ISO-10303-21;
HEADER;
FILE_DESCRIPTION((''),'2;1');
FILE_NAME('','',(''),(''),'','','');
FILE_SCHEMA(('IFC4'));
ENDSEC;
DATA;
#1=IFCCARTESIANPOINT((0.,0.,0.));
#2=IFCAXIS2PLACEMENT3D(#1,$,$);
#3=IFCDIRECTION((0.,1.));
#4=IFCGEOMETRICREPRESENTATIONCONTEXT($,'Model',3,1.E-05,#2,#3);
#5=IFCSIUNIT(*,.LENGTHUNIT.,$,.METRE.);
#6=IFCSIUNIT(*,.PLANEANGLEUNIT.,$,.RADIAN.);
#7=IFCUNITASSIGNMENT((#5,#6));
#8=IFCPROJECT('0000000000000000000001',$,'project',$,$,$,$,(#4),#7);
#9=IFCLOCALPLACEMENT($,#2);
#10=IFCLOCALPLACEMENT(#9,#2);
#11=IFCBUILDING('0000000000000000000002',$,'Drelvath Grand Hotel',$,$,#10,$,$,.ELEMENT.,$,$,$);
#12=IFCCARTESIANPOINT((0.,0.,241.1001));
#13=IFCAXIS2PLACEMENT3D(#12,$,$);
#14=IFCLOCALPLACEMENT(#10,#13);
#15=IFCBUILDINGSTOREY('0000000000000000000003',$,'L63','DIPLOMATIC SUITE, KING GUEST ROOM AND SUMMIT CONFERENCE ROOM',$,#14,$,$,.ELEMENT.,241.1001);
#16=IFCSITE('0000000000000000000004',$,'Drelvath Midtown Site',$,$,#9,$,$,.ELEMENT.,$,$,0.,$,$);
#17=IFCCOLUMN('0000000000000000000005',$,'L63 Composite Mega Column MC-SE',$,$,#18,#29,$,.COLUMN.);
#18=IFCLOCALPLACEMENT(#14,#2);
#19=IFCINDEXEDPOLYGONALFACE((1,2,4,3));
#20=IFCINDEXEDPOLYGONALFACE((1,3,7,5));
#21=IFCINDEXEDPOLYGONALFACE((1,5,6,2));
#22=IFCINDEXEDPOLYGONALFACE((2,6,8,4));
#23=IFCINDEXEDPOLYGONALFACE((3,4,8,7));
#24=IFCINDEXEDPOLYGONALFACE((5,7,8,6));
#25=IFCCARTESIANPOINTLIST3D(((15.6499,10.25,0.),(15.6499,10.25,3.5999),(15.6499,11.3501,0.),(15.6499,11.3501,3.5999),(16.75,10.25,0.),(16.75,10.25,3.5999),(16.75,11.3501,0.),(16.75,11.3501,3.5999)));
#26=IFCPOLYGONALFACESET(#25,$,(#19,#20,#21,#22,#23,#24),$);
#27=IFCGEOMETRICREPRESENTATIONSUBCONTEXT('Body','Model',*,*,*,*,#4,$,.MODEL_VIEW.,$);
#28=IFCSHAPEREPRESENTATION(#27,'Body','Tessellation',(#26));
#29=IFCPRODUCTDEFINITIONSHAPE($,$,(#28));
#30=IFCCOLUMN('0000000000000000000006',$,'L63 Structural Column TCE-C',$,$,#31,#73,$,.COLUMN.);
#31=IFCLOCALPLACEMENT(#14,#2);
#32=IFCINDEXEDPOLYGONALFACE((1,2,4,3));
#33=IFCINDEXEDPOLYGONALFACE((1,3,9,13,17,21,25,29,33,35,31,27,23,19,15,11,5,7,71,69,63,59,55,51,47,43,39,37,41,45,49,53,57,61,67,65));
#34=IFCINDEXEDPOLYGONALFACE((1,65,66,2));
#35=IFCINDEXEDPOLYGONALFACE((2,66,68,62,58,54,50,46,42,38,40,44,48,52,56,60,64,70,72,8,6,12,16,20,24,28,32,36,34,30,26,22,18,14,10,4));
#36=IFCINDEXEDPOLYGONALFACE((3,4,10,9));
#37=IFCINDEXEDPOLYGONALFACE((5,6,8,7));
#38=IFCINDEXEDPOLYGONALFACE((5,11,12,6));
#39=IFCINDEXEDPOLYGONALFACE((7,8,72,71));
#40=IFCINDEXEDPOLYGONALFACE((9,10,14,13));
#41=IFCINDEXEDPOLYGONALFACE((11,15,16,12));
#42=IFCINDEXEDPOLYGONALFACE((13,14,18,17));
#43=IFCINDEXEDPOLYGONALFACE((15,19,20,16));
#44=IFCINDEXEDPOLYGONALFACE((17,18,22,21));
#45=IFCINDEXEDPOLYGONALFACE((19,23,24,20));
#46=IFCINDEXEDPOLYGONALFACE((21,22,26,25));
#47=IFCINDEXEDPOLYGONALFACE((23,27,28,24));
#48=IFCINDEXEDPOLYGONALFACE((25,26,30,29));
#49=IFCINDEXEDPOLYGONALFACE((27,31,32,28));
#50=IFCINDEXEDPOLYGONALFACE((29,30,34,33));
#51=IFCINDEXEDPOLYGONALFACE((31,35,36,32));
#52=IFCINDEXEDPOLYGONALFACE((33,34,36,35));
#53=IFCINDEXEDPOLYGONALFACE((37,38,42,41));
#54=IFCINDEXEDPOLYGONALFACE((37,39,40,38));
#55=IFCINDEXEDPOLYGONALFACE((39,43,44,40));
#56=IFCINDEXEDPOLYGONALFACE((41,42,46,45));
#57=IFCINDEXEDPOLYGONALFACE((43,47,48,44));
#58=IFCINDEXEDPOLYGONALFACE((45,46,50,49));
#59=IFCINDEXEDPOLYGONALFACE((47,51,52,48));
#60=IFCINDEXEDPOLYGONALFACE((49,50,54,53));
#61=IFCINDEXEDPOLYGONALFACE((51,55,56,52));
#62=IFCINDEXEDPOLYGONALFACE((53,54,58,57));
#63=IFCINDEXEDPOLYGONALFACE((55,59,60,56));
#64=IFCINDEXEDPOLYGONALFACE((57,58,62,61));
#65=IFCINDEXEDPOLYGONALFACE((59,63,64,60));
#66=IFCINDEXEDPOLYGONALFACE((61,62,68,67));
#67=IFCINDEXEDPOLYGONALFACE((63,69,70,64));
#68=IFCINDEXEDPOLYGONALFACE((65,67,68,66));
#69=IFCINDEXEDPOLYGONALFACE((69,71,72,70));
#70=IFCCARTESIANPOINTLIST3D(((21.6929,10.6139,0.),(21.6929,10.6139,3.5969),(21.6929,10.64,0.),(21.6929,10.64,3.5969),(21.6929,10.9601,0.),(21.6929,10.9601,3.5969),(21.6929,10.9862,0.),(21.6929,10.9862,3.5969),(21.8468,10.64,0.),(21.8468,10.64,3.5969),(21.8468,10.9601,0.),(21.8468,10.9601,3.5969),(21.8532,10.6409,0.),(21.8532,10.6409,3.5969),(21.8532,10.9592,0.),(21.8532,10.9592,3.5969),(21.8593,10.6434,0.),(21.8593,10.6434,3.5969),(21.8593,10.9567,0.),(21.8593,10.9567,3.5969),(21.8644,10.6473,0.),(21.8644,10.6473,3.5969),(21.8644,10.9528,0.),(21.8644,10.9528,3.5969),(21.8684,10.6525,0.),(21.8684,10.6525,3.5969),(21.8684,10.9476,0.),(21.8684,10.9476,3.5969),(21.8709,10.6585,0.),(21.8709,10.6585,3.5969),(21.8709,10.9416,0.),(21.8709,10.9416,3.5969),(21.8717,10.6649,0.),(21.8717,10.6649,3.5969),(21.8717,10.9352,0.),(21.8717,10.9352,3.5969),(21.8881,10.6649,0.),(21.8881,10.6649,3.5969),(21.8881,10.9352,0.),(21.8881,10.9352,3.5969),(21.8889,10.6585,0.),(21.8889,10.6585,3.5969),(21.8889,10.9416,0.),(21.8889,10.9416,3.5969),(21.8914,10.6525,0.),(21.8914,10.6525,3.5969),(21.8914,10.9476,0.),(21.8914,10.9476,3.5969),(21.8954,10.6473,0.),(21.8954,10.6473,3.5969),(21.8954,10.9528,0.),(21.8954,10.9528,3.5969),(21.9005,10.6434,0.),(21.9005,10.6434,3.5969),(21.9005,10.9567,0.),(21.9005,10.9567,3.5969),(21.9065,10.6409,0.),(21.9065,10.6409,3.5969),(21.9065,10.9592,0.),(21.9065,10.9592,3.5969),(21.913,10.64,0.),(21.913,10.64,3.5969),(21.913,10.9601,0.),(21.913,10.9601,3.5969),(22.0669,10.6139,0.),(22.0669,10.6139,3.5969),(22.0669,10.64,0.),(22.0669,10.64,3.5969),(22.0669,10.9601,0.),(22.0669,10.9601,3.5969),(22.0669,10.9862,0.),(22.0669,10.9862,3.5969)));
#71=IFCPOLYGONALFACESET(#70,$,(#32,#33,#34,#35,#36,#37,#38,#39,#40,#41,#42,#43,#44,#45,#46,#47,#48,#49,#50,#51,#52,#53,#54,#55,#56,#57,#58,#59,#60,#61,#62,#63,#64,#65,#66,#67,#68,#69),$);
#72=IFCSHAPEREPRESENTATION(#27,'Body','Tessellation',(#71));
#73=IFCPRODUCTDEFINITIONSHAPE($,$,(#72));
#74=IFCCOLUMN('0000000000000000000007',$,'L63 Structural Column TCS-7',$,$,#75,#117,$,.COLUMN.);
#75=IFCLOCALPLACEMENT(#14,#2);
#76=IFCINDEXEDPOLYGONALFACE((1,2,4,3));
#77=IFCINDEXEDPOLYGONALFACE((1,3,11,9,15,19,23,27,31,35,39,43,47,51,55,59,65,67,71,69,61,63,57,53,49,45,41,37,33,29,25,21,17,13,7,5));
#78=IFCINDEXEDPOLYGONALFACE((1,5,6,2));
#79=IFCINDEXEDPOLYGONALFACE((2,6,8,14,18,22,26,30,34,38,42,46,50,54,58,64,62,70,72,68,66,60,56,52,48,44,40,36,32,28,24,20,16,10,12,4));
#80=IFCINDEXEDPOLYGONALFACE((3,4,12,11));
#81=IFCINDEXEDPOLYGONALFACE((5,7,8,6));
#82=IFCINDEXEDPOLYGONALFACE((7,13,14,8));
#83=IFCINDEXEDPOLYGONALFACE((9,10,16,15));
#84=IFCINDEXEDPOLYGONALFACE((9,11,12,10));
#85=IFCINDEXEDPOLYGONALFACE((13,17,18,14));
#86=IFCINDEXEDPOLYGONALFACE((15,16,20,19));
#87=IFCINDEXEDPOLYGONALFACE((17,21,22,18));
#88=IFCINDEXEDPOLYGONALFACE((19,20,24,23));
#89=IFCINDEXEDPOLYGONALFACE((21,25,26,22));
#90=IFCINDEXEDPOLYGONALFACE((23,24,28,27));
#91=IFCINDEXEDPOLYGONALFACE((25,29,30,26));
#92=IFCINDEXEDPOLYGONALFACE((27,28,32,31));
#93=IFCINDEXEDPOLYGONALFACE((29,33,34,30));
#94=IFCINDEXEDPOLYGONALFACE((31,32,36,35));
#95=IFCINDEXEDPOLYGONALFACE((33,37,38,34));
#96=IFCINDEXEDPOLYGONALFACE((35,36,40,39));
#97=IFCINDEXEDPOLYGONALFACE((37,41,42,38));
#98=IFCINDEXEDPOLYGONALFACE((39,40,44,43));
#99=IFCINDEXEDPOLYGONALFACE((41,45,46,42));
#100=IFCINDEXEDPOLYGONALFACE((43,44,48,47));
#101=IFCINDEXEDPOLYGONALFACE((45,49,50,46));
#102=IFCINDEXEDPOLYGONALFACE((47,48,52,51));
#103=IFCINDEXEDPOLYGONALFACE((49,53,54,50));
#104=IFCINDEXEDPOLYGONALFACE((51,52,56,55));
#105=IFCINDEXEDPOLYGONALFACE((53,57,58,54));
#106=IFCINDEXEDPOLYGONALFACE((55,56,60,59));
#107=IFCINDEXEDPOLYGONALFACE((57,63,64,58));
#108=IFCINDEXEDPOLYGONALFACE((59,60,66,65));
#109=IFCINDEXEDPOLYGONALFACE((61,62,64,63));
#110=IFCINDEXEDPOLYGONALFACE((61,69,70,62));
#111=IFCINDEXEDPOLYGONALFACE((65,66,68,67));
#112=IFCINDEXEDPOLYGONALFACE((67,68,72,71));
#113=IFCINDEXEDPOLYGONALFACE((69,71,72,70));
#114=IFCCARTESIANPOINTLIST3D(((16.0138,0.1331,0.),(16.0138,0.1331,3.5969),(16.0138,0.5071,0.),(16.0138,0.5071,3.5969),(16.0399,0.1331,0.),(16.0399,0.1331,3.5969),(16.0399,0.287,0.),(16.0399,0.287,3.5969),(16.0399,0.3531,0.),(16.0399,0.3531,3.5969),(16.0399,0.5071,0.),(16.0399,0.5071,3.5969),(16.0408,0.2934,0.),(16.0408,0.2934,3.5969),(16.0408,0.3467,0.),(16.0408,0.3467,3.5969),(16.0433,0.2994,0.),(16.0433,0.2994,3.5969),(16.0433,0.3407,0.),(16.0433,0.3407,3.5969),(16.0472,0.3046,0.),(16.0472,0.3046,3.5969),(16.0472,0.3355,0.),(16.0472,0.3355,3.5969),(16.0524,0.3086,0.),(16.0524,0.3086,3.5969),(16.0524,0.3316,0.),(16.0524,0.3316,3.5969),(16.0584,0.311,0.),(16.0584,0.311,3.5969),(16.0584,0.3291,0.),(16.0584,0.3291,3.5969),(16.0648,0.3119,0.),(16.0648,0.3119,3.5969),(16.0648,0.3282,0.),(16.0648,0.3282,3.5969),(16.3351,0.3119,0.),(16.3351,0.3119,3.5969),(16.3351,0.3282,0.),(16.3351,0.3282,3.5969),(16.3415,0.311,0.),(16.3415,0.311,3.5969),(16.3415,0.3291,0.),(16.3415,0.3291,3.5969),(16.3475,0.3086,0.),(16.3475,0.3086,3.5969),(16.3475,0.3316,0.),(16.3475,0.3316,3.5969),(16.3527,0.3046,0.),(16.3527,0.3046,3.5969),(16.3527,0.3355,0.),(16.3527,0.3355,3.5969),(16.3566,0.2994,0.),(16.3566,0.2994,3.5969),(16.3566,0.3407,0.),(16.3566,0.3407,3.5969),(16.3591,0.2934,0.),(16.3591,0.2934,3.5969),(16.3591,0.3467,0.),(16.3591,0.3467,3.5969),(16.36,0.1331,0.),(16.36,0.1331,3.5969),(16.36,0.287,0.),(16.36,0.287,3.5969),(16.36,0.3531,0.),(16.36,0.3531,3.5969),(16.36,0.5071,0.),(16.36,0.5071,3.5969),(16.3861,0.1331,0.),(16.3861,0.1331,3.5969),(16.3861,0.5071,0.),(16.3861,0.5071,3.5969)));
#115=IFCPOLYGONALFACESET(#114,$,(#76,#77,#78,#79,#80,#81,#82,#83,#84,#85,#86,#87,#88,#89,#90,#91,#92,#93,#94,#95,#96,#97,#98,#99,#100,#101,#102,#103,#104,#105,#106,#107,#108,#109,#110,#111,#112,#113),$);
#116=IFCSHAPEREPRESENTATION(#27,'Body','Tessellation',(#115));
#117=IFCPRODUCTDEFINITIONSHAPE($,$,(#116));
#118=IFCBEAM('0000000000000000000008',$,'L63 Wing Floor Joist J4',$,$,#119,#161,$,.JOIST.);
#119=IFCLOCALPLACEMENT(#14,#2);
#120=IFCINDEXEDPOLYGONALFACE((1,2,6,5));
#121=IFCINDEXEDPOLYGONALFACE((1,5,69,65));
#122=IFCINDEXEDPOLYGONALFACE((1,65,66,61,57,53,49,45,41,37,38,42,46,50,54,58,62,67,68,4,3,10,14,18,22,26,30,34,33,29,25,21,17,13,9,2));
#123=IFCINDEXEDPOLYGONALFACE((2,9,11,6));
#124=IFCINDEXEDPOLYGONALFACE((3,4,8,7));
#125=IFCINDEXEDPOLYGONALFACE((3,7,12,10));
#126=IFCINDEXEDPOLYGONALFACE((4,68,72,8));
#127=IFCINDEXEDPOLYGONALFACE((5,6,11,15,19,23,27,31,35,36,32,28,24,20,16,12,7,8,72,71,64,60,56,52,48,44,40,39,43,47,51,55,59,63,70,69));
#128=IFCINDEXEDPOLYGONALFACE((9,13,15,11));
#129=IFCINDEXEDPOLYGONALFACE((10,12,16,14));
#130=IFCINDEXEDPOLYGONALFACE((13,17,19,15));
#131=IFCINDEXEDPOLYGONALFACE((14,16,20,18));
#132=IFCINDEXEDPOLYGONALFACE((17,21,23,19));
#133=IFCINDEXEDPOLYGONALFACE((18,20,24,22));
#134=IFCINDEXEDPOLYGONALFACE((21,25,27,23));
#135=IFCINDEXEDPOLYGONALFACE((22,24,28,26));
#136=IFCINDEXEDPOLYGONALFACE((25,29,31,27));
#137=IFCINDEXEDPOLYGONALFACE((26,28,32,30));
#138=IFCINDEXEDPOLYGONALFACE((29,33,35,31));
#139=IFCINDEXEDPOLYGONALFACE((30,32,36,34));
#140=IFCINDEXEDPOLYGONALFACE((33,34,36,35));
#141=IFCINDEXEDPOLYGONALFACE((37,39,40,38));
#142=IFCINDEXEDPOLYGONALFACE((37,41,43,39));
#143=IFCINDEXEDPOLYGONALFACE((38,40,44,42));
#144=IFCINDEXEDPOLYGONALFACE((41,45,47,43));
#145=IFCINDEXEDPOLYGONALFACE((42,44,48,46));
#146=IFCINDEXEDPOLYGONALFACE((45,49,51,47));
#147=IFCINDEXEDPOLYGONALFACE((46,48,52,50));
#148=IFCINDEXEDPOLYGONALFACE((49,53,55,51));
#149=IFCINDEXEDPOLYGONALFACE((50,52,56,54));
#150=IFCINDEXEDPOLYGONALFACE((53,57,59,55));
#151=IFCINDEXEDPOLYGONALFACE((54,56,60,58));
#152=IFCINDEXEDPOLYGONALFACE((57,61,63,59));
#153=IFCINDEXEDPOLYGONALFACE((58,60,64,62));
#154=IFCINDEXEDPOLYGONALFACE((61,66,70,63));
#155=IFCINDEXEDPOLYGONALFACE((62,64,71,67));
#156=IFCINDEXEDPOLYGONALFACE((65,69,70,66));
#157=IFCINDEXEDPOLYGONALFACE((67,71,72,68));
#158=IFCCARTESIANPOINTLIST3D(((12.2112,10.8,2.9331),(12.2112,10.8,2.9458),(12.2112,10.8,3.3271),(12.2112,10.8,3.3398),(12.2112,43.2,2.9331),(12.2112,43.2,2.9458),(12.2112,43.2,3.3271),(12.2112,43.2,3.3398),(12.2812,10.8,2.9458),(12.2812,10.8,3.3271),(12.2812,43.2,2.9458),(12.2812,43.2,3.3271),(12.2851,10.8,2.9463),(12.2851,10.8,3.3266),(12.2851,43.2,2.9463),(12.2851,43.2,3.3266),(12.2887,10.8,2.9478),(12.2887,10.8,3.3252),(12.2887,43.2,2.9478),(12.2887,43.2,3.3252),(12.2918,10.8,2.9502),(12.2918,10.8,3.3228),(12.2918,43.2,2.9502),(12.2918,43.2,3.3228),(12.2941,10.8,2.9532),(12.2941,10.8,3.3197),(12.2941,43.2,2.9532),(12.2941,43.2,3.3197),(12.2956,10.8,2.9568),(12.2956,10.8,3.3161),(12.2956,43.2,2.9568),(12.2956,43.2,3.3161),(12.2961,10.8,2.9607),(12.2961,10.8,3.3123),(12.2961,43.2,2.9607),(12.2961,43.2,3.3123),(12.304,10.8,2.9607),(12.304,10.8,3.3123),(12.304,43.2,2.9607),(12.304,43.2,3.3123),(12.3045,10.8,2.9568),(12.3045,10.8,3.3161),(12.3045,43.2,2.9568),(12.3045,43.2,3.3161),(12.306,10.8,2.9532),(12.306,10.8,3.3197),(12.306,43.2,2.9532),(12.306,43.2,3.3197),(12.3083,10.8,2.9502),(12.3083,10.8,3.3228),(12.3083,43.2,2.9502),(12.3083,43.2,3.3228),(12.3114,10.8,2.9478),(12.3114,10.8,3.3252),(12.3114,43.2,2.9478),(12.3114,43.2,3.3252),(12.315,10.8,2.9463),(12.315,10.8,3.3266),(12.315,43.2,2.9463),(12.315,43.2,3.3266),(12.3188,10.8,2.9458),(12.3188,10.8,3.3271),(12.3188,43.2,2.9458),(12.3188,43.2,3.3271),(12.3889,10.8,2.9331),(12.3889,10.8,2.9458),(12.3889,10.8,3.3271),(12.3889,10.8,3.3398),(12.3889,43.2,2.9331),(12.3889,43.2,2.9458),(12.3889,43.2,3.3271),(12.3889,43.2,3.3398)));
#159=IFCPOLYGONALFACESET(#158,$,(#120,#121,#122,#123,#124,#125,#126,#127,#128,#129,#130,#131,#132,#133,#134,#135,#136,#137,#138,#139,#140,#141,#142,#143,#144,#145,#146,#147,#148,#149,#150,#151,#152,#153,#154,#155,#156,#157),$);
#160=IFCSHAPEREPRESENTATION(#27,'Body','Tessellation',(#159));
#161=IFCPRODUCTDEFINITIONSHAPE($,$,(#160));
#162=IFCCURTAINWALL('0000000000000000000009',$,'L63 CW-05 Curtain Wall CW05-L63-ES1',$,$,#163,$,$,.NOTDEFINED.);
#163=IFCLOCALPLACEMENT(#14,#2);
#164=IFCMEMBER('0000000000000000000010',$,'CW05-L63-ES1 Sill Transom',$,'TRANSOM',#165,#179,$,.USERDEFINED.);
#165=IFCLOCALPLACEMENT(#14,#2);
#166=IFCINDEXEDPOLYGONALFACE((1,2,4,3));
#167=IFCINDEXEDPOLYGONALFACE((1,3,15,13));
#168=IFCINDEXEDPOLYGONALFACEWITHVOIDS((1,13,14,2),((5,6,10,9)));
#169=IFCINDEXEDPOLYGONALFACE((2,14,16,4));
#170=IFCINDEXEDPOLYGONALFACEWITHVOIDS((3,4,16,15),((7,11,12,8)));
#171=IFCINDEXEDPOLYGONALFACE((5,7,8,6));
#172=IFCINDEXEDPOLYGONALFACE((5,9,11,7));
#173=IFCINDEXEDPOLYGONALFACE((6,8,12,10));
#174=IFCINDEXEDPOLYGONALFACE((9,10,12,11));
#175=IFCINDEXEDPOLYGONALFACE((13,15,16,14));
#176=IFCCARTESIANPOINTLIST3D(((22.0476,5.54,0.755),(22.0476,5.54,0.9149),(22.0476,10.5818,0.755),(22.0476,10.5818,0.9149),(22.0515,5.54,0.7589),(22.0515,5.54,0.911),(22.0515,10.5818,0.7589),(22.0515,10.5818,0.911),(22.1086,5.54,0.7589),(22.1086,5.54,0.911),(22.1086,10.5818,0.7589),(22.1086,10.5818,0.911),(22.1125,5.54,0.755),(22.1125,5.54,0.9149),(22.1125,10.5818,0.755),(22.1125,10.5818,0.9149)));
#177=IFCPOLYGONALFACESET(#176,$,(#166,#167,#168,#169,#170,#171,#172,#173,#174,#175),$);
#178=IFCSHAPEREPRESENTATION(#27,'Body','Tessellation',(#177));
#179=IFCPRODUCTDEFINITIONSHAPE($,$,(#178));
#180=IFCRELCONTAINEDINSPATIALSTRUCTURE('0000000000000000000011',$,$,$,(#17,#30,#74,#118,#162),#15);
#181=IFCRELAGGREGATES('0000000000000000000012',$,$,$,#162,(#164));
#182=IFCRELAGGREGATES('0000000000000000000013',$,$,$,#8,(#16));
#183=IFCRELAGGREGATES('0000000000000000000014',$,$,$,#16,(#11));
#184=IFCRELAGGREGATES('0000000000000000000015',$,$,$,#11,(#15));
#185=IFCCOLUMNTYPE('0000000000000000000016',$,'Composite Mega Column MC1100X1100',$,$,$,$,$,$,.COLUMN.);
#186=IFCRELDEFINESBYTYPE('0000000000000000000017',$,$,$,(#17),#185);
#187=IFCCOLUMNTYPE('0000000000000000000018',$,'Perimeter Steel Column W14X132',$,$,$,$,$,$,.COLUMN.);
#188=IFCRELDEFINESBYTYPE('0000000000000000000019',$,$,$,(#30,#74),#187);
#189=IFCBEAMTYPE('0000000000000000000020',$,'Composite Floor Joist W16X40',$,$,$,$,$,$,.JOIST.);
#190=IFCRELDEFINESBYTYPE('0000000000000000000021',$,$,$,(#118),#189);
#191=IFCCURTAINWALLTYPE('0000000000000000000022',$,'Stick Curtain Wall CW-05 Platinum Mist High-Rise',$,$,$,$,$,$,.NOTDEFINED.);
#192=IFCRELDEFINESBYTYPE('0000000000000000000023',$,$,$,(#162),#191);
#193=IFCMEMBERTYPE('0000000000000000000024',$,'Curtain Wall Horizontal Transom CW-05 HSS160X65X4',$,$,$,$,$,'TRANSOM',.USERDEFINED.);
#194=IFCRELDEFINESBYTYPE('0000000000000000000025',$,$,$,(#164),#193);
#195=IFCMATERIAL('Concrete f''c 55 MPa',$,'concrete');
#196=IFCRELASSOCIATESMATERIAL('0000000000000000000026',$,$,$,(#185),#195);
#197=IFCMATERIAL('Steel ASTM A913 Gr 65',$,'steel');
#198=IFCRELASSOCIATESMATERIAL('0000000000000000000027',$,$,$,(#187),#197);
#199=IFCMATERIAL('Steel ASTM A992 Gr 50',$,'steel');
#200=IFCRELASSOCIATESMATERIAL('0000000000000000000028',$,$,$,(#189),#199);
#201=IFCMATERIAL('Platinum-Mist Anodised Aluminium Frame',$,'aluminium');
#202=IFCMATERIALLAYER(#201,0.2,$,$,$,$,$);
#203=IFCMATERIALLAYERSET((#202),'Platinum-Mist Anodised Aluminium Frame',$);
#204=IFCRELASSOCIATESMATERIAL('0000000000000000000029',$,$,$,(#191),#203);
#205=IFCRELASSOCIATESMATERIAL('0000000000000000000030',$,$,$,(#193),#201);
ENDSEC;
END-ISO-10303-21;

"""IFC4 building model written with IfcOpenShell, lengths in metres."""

from ifc_helpers import new_model, si_unit, direction, frame, origin, origin_2d, place, context, subcontext, project, spatial, rectangle, hollow_rectangle, i_section, extrude, material, layer, layer_set, material_profile, profile_set, type_object, element, aggregate, save


model = new_model("IFC4")

# Units and contexts
model_context = context("Model", 3, precision=1e-05, world=origin(), true_north=direction((0.0, 1.0)))
body_context = subcontext(model_context, "Body", "Model", "MODEL_VIEW")
ifc_project = project(units=[si_unit("LENGTHUNIT", "METRE"), si_unit("PLANEANGLEUNIT", "RADIAN")], contexts=[model_context])

# Site, building, storey
site_placement = place(None, origin())
site = spatial("IfcSite", under=ifc_project, at=site_placement, Name="Drelvath Midtown Site", CompositionType="ELEMENT", RefElevation=0.0)
building_placement = place(site_placement, origin())
building = spatial("IfcBuilding", under=site, at=building_placement, Name="Drelvath Grand Hotel", CompositionType="ELEMENT")
storey_placement = place(building_placement, frame((0.0, 0.0, 241.1001)))
storey = spatial("IfcBuildingStorey", under=building, at=storey_placement, Name="L63", Description="DIPLOMATIC SUITE, KING GUEST ROOM AND SUMMIT CONFERENCE ROOM", CompositionType="ELEMENT", Elevation=241.1001)

# Columns
ifc_material_1 = material(Name="Concrete f'c 55 MPa", Category="concrete")
ifc_material_profile_1 = material_profile(ifc_material_1, rectangle(XDim=1.1001, YDim=1.1001, at=origin_2d()), Name="MC1100X1100")
ifc_profile_set_1 = profile_set([ifc_material_profile_1], Name="Concrete f'c 55 MPa")
column_type_1 = type_object("IfcColumnType", Name="Composite Mega Column MC1100X1100", PredefinedType="COLUMN", material=ifc_profile_set_1)
column_placement = place(storey_placement, frame((16.2, 10.8, 0.0), z_axis=(0.0, 0.0, 1.0), x_axis=(1.0, 0.0, 0.0)))
element("IfcColumn", 1, at=column_placement, inside=storey, type_object=column_type_1, Name="L63 Composite Mega Column MC-SE", PredefinedType="COLUMN", context=body_context, shape_type="SweptSolid", body=[
    extrude(rectangle(XDim=1.1001, YDim=1.1001, at=origin_2d()), origin(), (0.0, 0.0, 1.0), 3.5999),
])
ifc_material_2 = material(Name="Steel ASTM A913 Gr 65", Category="steel")
ifc_material_profile_2 = material_profile(ifc_material_2, i_section(OverallWidth=0.374, OverallDepth=0.3723, WebThickness=0.0164, FlangeThickness=0.0261, FilletRadius=0.0249, at=origin_2d()), Name="W14X132")
ifc_profile_set_2 = profile_set([ifc_material_profile_2], Name="Steel ASTM A913 Gr 65")
column_type_2 = type_object("IfcColumnType", Name="Perimeter Steel Column W14X132", PredefinedType="COLUMN", material=ifc_profile_set_2)
for number, where, z_axis, x_axis, name in (
    (2, (21.8799, 10.8, 0.0), (0.0, 0.0, 1.0), (1.0, 0.0, 0.0), "L63 Structural Column TCE-C"),
    (3, (16.2, 0.3201, 0.0), (0.0, 0.0, 1.0), (0.0, 1.0, 0.0), "L63 Structural Column TCS-7"),
):
    element("IfcColumn", number, at=place(storey_placement, frame(where, z_axis=z_axis, x_axis=x_axis)), inside=storey, type_object=column_type_2, Name=name, PredefinedType="COLUMN", context=body_context, shape_type="SweptSolid", body=[
        extrude(i_section(OverallWidth=0.374, OverallDepth=0.3723, WebThickness=0.0164, FlangeThickness=0.0261, FilletRadius=0.0249, at=origin_2d()), origin(), (0.0, 0.0, 1.0), 3.5969),
    ])

# Beam
ifc_material_3 = material(Name="Steel ASTM A992 Gr 50", Category="steel")
ifc_material_profile_3 = material_profile(ifc_material_3, i_section(OverallWidth=0.1777, OverallDepth=0.4067, WebThickness=0.0078, FlangeThickness=0.0127, FilletRadius=0.0149, at=origin_2d()), Name="W16X40")
ifc_profile_set_3 = profile_set([ifc_material_profile_3], Name="Steel ASTM A992 Gr 50")
beam_type_1 = type_object("IfcBeamType", Name="Composite Floor Joist W16X40", PredefinedType="JOIST", material=ifc_profile_set_3)
beam_1_placement = place(storey_placement, frame((12.3, 10.8, 3.1365), z_axis=(0.0, 1.0, 0.0), x_axis=(-1.0, 0.0, 0.0)))
element("IfcBeam", 4, at=beam_1_placement, inside=storey, type_object=beam_type_1, Name="L63 Wing Floor Joist J4", PredefinedType="JOIST", context=body_context, shape_type="SweptSolid", body=[
    extrude(i_section(OverallWidth=0.1777, OverallDepth=0.4067, WebThickness=0.0078, FlangeThickness=0.0127, FilletRadius=0.0149, at=origin_2d()), origin(), (0.0, 0.0, 1.0), 32.3999),
])

# Curtain wall, member
ifc_material_4 = material(Name="Platinum-Mist Anodised Aluminium Frame", Category="aluminium")
ifc_layer_1 = layer(ifc_material_4, 0.2)
ifc_layer_set_1 = layer_set([ifc_layer_1], Name="Platinum-Mist Anodised Aluminium Frame")
curtain_wall_type = type_object("IfcCurtainWallType", Name="Stick Curtain Wall CW-05 Platinum Mist High-Rise", PredefinedType="NOTDEFINED", material=ifc_layer_set_1)
curtain_wall_1_placement = place(storey_placement, origin())
curtain_wall_1 = element("IfcCurtainWall", 5, at=curtain_wall_1_placement, inside=storey, type_object=curtain_wall_type, Name="L63 CW-05 Curtain Wall CW05-L63-ES1", PredefinedType="NOTDEFINED")
ifc_material_profile_4 = material_profile(ifc_material_4, hollow_rectangle(XDim=0.0649, YDim=0.1599, WallThickness=0.0039, at=origin_2d()), Name="HSS160X65X4")
ifc_profile_set_4 = profile_set([ifc_material_profile_4], Name="Platinum-Mist Anodised Aluminium Frame")
member_type_1 = type_object("IfcMemberType", Name="Curtain Wall Horizontal Transom CW-05 HSS160X65X4", ElementType="TRANSOM", PredefinedType="USERDEFINED", material=ifc_profile_set_4)
member_1_placement = place(storey_placement, frame((22.0801, 10.5818, 0.835), z_axis=(0.0, -1.0, 0.0), x_axis=(1.0, 0.0, 0.0)))
member_1 = element("IfcMember", 6, at=member_1_placement, type_object=member_type_1, Name="CW05-L63-ES1 Sill Transom", ObjectType="TRANSOM", PredefinedType="USERDEFINED", context=body_context, shape_type="SweptSolid", body=[
    extrude(hollow_rectangle(XDim=0.0649, YDim=0.1599, WallThickness=0.0039, at=origin_2d()), origin(), (0.0, 0.0, 1.0), 5.0417),
])

aggregate(curtain_wall_1, [member_1])

save(model, "model.ifc")
